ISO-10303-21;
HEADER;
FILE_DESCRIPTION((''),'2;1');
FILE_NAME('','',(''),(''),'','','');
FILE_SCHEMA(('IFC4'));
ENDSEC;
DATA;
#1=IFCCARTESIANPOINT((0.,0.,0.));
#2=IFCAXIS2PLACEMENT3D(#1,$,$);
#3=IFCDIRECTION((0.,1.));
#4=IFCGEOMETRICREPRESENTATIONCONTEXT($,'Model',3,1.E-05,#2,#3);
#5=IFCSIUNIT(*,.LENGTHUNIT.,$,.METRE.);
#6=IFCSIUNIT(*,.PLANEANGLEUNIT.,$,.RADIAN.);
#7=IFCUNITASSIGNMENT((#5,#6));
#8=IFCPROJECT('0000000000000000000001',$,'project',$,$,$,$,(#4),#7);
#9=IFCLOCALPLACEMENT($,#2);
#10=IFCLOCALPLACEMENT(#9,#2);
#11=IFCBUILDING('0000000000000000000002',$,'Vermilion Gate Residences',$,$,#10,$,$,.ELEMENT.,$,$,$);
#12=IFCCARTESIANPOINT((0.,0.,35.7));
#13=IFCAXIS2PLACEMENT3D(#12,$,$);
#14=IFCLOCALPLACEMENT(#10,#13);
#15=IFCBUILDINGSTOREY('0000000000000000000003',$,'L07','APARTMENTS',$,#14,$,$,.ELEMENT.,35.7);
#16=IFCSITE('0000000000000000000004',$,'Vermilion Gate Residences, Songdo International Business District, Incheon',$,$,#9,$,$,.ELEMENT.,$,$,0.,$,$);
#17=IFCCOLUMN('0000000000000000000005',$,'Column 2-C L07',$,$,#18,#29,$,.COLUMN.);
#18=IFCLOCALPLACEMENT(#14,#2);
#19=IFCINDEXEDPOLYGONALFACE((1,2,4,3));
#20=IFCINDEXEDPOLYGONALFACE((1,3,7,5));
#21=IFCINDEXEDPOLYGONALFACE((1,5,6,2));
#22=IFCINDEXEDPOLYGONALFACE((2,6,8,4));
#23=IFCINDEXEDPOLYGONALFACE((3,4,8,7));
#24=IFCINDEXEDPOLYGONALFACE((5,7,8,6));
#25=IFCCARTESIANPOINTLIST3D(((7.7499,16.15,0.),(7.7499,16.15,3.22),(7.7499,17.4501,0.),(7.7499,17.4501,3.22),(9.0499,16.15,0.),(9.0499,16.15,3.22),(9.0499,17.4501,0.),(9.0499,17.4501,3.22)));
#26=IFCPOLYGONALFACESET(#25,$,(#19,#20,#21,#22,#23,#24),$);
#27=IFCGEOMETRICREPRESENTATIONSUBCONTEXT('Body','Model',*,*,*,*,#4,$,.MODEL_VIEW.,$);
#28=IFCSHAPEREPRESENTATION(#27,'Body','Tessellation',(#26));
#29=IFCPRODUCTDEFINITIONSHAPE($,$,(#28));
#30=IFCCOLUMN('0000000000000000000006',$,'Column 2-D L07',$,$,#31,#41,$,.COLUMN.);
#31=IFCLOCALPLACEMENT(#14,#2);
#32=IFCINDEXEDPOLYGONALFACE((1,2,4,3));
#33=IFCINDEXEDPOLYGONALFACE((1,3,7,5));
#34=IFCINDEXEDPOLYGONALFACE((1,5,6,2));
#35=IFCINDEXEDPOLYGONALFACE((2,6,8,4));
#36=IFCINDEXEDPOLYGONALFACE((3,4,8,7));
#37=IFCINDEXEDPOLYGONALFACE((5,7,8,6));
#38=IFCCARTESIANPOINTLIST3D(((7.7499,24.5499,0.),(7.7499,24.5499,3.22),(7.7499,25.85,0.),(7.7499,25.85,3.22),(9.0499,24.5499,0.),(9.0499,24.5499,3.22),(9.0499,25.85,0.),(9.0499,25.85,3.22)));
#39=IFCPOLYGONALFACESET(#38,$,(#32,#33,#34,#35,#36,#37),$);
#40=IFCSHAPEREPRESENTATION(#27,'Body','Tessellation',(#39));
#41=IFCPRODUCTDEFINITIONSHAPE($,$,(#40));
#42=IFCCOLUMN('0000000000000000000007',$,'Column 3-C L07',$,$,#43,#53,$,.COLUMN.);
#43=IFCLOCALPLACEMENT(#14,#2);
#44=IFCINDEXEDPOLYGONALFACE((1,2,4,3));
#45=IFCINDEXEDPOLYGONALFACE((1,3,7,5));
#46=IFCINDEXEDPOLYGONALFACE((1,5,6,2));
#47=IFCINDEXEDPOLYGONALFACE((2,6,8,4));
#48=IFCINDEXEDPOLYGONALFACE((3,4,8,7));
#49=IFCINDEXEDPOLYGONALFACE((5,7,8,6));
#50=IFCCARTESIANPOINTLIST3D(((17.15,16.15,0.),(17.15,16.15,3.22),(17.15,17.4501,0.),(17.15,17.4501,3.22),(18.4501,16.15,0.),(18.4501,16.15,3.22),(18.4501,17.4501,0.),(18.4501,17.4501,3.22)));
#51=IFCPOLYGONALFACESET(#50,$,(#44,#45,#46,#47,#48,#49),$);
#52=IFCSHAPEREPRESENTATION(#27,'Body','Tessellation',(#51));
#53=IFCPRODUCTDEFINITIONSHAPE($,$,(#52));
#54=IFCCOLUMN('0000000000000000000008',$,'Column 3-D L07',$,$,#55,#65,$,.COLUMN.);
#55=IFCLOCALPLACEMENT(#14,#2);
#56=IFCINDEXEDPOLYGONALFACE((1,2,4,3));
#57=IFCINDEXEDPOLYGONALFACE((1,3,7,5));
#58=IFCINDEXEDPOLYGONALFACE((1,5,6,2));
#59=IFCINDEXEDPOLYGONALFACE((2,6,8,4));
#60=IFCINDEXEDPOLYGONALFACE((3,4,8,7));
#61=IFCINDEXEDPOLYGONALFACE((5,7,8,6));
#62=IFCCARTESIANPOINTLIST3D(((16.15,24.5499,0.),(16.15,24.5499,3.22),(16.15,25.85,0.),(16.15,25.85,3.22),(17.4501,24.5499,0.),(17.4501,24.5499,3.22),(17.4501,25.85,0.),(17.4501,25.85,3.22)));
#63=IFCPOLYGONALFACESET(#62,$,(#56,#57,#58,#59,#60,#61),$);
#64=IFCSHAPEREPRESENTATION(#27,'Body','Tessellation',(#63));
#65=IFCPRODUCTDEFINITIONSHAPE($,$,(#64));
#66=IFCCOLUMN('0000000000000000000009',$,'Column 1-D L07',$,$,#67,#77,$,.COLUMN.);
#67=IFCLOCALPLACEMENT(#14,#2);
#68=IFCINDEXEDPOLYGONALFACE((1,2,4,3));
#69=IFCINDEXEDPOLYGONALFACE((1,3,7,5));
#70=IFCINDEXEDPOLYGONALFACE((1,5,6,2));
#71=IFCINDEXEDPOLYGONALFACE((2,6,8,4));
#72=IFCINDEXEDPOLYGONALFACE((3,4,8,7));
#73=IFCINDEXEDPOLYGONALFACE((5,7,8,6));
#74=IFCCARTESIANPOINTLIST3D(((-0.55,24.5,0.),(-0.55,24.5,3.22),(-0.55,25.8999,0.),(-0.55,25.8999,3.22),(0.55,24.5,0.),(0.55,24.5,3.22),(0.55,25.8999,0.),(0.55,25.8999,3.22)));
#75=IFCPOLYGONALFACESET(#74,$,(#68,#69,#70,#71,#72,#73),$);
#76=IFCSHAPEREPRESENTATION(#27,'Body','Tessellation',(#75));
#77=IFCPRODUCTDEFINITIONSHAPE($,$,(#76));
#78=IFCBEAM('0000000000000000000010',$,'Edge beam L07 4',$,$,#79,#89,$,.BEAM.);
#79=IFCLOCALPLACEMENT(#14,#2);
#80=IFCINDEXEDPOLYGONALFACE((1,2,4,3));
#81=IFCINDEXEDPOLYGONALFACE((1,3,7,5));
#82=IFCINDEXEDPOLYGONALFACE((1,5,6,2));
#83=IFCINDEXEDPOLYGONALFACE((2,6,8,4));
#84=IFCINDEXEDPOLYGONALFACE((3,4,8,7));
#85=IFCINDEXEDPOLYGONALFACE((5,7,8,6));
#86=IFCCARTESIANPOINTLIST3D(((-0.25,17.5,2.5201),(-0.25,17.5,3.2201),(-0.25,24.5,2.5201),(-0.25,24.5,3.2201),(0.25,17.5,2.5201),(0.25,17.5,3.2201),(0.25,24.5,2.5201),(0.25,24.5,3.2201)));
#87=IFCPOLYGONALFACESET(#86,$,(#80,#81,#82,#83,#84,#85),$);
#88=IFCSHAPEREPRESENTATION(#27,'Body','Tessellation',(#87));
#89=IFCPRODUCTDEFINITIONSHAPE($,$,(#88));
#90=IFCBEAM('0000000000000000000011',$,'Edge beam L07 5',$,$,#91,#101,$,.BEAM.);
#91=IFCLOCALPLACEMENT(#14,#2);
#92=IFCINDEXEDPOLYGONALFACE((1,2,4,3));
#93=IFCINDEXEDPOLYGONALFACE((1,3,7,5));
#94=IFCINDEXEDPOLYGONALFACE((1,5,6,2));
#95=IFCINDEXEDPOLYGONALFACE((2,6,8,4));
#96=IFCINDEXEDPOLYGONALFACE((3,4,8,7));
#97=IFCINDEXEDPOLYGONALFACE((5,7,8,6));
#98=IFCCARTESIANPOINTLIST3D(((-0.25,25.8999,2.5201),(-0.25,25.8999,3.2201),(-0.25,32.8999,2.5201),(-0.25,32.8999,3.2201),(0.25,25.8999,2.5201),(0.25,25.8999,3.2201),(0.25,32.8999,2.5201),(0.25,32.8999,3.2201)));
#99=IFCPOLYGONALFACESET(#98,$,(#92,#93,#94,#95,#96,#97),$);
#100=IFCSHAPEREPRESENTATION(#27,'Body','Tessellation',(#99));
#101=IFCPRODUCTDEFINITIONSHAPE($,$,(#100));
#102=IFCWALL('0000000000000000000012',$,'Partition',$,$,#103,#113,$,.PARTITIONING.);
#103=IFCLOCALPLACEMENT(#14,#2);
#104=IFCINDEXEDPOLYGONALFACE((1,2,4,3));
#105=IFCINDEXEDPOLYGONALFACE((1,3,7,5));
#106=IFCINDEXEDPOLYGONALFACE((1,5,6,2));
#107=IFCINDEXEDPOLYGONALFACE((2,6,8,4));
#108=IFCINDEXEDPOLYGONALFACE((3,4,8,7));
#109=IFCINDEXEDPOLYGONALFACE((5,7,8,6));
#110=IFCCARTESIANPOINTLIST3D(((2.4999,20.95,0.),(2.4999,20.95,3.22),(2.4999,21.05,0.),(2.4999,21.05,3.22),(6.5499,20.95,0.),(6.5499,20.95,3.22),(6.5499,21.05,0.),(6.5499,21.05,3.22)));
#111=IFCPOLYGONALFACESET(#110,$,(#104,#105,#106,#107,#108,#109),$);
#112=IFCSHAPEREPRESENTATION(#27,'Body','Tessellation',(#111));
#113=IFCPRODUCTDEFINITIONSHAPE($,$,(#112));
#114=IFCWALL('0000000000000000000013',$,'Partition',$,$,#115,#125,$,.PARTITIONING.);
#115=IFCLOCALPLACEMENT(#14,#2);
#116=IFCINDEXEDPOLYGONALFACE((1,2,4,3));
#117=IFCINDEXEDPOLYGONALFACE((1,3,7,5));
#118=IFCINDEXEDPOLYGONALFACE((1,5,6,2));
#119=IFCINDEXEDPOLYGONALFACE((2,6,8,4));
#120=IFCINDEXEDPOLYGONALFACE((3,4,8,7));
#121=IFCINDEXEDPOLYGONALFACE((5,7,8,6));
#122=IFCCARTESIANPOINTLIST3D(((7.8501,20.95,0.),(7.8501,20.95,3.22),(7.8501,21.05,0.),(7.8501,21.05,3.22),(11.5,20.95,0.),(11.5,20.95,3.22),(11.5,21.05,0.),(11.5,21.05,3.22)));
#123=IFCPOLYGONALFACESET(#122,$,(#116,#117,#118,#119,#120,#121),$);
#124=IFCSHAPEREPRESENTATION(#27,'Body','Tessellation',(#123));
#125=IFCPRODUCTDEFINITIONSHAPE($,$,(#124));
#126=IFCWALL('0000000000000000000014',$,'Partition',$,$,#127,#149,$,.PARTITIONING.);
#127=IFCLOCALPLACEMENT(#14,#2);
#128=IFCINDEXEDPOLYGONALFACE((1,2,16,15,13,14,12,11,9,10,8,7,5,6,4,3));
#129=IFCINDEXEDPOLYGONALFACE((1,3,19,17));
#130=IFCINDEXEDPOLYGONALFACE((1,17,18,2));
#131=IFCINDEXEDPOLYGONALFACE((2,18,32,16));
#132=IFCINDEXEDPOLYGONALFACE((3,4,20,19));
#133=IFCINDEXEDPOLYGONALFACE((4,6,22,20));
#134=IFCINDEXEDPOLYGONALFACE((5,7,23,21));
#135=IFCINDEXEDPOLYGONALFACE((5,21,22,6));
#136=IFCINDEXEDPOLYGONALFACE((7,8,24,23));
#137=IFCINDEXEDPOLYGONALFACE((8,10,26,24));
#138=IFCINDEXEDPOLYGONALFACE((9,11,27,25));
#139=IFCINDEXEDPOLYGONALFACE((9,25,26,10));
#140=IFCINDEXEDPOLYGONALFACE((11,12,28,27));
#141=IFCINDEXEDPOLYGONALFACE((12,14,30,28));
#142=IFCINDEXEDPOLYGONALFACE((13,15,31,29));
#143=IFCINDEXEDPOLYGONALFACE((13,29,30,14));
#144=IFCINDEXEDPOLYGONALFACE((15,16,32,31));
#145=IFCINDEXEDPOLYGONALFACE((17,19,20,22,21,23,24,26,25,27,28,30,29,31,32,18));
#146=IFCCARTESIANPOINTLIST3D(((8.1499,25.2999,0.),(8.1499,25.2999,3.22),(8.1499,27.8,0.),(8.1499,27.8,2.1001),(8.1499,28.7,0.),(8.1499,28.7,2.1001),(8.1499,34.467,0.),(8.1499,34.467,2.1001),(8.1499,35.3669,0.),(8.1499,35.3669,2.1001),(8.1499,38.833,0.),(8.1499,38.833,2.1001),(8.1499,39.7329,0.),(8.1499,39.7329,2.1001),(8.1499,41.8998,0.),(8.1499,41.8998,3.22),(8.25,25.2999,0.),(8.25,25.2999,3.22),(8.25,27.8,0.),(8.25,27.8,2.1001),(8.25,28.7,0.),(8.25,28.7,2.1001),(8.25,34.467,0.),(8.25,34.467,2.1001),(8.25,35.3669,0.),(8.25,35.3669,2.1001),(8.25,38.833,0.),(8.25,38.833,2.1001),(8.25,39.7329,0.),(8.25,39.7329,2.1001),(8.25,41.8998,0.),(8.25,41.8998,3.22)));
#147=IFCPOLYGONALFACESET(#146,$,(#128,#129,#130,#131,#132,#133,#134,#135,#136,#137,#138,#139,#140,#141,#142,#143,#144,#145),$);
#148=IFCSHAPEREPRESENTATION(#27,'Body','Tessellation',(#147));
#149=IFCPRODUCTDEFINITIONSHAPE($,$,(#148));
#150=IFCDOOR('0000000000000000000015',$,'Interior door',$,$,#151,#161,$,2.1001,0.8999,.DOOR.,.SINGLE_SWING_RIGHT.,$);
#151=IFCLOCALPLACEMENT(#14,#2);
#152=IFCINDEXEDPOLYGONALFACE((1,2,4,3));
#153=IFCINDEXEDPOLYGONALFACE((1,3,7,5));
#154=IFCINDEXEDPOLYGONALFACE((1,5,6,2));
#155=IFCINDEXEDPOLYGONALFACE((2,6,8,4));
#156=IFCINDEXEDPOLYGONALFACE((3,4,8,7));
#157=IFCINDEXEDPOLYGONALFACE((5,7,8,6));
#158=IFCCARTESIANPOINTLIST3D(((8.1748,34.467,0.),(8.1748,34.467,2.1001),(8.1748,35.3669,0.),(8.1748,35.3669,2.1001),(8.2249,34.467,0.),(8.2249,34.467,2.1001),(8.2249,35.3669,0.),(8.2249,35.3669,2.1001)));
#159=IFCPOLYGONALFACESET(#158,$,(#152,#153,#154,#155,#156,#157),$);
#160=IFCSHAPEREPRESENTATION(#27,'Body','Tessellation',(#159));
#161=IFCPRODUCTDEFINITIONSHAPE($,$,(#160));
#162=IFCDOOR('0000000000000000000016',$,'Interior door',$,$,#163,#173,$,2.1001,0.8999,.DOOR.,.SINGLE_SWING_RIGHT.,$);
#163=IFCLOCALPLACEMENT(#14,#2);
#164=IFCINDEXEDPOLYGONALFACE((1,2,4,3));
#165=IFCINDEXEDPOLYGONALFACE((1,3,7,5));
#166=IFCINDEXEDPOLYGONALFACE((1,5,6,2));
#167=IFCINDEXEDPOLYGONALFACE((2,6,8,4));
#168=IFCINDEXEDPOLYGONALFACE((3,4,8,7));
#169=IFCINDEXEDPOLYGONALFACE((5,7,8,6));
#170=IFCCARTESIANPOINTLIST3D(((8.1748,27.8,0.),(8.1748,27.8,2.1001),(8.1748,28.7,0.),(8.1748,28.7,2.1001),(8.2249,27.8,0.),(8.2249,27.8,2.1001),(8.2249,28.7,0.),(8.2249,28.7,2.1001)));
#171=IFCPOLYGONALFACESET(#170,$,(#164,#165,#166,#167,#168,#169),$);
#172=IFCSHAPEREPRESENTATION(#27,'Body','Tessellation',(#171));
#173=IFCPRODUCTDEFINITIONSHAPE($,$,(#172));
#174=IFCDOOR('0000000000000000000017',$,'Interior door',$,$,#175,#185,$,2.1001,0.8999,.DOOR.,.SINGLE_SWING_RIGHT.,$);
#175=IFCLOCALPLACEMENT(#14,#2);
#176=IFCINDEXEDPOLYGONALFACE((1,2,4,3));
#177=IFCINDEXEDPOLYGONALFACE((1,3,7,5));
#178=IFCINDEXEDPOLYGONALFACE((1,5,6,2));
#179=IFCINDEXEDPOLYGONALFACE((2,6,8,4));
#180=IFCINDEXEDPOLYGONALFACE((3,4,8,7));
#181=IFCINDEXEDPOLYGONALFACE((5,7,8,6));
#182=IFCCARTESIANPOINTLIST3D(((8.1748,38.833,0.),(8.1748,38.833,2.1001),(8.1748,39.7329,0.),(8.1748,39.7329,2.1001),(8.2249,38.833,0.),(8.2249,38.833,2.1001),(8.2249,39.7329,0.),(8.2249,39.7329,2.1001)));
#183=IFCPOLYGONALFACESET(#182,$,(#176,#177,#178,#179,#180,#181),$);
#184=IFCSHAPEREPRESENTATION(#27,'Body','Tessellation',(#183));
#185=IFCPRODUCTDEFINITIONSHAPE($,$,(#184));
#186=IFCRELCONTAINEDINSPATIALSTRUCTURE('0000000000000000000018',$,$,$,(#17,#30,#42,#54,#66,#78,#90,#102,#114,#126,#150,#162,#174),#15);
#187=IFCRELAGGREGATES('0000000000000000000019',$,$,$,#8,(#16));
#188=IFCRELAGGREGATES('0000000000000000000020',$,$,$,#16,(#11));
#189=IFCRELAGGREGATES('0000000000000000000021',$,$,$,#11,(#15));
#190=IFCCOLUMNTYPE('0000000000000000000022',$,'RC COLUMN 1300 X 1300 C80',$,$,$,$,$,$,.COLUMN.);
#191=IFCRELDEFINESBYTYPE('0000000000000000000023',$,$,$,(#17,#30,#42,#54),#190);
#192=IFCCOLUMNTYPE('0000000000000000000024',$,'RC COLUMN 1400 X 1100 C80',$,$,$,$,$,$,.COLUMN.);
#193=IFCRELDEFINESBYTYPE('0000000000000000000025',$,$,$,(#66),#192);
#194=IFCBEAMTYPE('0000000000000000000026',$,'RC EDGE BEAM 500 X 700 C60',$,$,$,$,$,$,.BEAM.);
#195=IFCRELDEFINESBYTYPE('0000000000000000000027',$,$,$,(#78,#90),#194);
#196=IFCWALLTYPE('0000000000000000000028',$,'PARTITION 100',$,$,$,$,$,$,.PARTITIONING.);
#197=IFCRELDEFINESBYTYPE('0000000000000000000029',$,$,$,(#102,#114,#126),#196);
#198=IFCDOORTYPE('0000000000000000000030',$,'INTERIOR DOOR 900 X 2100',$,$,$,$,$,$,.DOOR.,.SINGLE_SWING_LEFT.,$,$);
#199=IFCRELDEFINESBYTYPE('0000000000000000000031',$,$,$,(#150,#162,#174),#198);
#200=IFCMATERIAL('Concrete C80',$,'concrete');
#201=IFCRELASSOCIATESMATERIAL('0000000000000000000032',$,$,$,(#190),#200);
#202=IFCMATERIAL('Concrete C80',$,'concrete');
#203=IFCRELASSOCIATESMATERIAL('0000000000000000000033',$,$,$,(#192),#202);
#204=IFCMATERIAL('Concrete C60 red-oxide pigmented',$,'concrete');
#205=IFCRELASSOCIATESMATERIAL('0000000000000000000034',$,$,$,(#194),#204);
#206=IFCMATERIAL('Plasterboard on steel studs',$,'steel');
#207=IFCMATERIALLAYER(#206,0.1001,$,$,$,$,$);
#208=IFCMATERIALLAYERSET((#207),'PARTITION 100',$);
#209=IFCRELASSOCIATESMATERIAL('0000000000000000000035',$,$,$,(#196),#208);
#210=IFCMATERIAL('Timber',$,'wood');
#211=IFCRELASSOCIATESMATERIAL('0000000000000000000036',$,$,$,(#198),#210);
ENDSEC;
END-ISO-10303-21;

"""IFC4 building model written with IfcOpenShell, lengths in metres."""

from ifc_helpers import new_model, si_unit, direction, frame, frame_2d, origin, origin_2d, place, context, subcontext, project, spatial, rectangle, extrude, material, layer, layer_set, material_profile, profile_set, type_object, element, fill, save


model = new_model("IFC4")

# Units and contexts
model_context = context("Model", 3, precision=1e-05, world=origin(), true_north=direction((0.0, 1.0)))
body_context = subcontext(model_context, "Body", "Model", "MODEL_VIEW")
ifc_project = project(units=[si_unit("LENGTHUNIT", "METRE"), si_unit("PLANEANGLEUNIT", "RADIAN")], contexts=[model_context])

# Site, building, storey
site_placement = place(None, origin())
site = spatial("IfcSite", under=ifc_project, at=site_placement, Name="Vermilion Gate Residences, Songdo International Business District, Incheon", CompositionType="ELEMENT", RefElevation=0.0)
building_placement = place(site_placement, origin())
building = spatial("IfcBuilding", under=site, at=building_placement, Name="Vermilion Gate Residences", CompositionType="ELEMENT")
storey_placement = place(building_placement, frame((0.0, 0.0, 35.7)))
storey = spatial("IfcBuildingStorey", under=building, at=storey_placement, Name="L07", Description="APARTMENTS", CompositionType="ELEMENT", Elevation=35.7)

# Columns
ifc_material_1 = material(Name="Concrete C80", Category="concrete")
ifc_material_profile_1 = material_profile(ifc_material_1, rectangle(XDim=1.3, YDim=1.3, at=origin_2d()), Name="RC-1300x1300")
ifc_profile_set_1 = profile_set([ifc_material_profile_1], Name="Concrete C80")
column_type_1 = type_object("IfcColumnType", Name="RC COLUMN 1300 X 1300 C80", PredefinedType="COLUMN", material=ifc_profile_set_1)
for number, where, z_axis, x_axis, name in (
    (1, (8.3999, 16.8, 0.0), (0.0, 0.0, 1.0), (1.0, 0.0, 0.0), "Column 2-C L07"),
    (2, (8.3999, 25.2, 0.0), (0.0, 0.0, 1.0), (1.0, 0.0, 0.0), "Column 2-D L07"),
    (3, (17.8, 16.8, 0.0), (0.0, 0.0, 1.0), (1.0, 0.0, 0.0), "Column 3-C L07"),
    (4, (16.8, 25.2, 0.0), (0.0, 0.0, 1.0), (1.0, 0.0, 0.0), "Column 3-D L07"),
):
    element("IfcColumn", number, at=place(storey_placement, frame(where, z_axis=z_axis, x_axis=x_axis)), inside=storey, type_object=column_type_1, Name=name, PredefinedType="COLUMN", context=body_context, shape_type="SweptSolid", body=[
        extrude(rectangle(XDim=1.3, YDim=1.3, at=origin_2d()), origin(), (0.0, 0.0, 1.0), 3.22),
    ])
ifc_material_2 = material(Name="Concrete C80", Category="concrete")
ifc_material_profile_2 = material_profile(ifc_material_2, rectangle(XDim=1.3999, YDim=1.1001, at=origin_2d()), Name="RC-1400x1100")
ifc_profile_set_2 = profile_set([ifc_material_profile_2], Name="Concrete C80")
column_type_2 = type_object("IfcColumnType", Name="RC COLUMN 1400 X 1100 C80", PredefinedType="COLUMN", material=ifc_profile_set_2)
column_placement = place(storey_placement, frame((0.0, 25.2, 0.0), z_axis=(0.0, 0.0, 1.0), x_axis=(0.0, 1.0, 0.0)))
element("IfcColumn", 5, at=column_placement, inside=storey, type_object=column_type_2, Name="Column 1-D L07", PredefinedType="COLUMN", context=body_context, shape_type="SweptSolid", body=[
    extrude(rectangle(XDim=1.3999, YDim=1.1001, at=origin_2d()), origin(), (0.0, 0.0, 1.0), 3.22),
])

# Beams
ifc_material_3 = material(Name="Concrete C60 red-oxide pigmented", Category="concrete")
ifc_material_profile_3 = material_profile(ifc_material_3, rectangle(XDim=0.5, YDim=0.7, at=origin_2d()), Name="RC-500x700")
ifc_profile_set_3 = profile_set([ifc_material_profile_3], Name="Concrete C60 red-oxide pigmented")
beam_type = type_object("IfcBeamType", Name="RC EDGE BEAM 500 X 700 C60", PredefinedType="BEAM", material=ifc_profile_set_3)
for number, where, z_axis, x_axis, name in (
    (6, (0.0, 17.5, 2.8701), (0.0, 1.0, 0.0), (-1.0, 0.0, 0.0), "Edge beam L07 4"),
    (7, (0.0, 25.8999, 2.8701), (0.0, 1.0, 0.0), (-1.0, 0.0, 0.0), "Edge beam L07 5"),
):
    element("IfcBeam", number, at=place(storey_placement, frame(where, z_axis=z_axis, x_axis=x_axis)), inside=storey, type_object=beam_type, Name=name, PredefinedType="BEAM", context=body_context, shape_type="SweptSolid", body=[
        extrude(rectangle(XDim=0.5, YDim=0.7, at=origin_2d()), origin(), (0.0, 0.0, 1.0), 7.0),
    ])

# Walls
ifc_material_4 = material(Name="Plasterboard on steel studs", Category="steel")
ifc_layer_1 = layer(ifc_material_4, 0.1001)
ifc_layer_set_1 = layer_set([ifc_layer_1], Name="PARTITION 100")
wall_type_1 = type_object("IfcWallType", Name="PARTITION 100", PredefinedType="PARTITIONING", material=ifc_layer_set_1)
wall_1_placement = place(storey_placement, frame((2.5, 21.0, 0.0), z_axis=(0.0, 0.0, 1.0), x_axis=(1.0, 0.0, 0.0)))
element("IfcWall", 8, at=wall_1_placement, inside=storey, type_object=wall_type_1, Name="Partition", PredefinedType="PARTITIONING", context=body_context, shape_type="SweptSolid", body=[
    extrude(rectangle(XDim=4.05, YDim=0.1001, at=frame_2d((2.0249, 0.0))), origin(), (0.0, 0.0, 1.0), 3.22),
])
wall_2_placement = place(storey_placement, frame((7.8501, 21.0, 0.0), z_axis=(0.0, 0.0, 1.0), x_axis=(1.0, 0.0, 0.0)))
element("IfcWall", 9, at=wall_2_placement, inside=storey, type_object=wall_type_1, Name="Partition", PredefinedType="PARTITIONING", context=body_context, shape_type="SweptSolid", body=[
    extrude(rectangle(XDim=3.6499, YDim=0.1001, at=frame_2d((1.825, 0.0))), origin(), (0.0, 0.0, 1.0), 3.22),
])

# Wall, openings, doors
wall_3_placement = place(storey_placement, frame((8.2, 25.3, 0.0), z_axis=(0.0, 0.0, 1.0), x_axis=(0.0, 1.0, 0.0)))
wall_3 = element("IfcWall", 10, at=wall_3_placement, inside=storey, type_object=wall_type_1, Name="Partition", PredefinedType="PARTITIONING", context=body_context, shape_type="SweptSolid", body=[
    extrude(rectangle(XDim=16.5999, YDim=0.1001, at=frame_2d((8.2998, 0.0))), origin(), (0.0, 0.0, 1.0), 3.22),
])
opening_1_placement = place(wall_3_placement, frame((9.167, 0.0, 0.0)))
opening_1 = element("IfcOpeningElement", 11, at=opening_1_placement, cuts=wall_3, PredefinedType="OPENING", context=body_context, shape_type="SweptSolid", body=[
    extrude(rectangle(XDim=0.8999, YDim=2.1001, at=frame_2d((0.45, 1.05))), frame((0.0, 0.0601, 0.0), z_axis=(0.0, -1.0, 0.0), x_axis=(1.0, 0.0, 0.0)), (0.0, 0.0, 1.0), 0.1201),
])
opening_2_placement = place(wall_3_placement, frame((2.5, 0.0, 0.0)))
opening_2 = element("IfcOpeningElement", 12, at=opening_2_placement, cuts=wall_3, PredefinedType="OPENING", context=body_context, shape_type="SweptSolid", body=[
    extrude(rectangle(XDim=0.8999, YDim=2.1001, at=frame_2d((0.45, 1.05))), frame((0.0, 0.0601, 0.0), z_axis=(0.0, -1.0, 0.0), x_axis=(1.0, 0.0, 0.0)), (0.0, 0.0, 1.0), 0.1201),
])
opening_3_placement = place(wall_3_placement, frame((13.533, 0.0, 0.0)))
opening_3 = element("IfcOpeningElement", 13, at=opening_3_placement, cuts=wall_3, PredefinedType="OPENING", context=body_context, shape_type="SweptSolid", body=[
    extrude(rectangle(XDim=0.8999, YDim=2.1001, at=frame_2d((0.45, 1.05))), frame((0.0, 0.0601, 0.0), z_axis=(0.0, -1.0, 0.0), x_axis=(1.0, 0.0, 0.0)), (0.0, 0.0, 1.0), 0.1201),
])
ifc_material_5 = material(Name="Timber", Category="wood")
door_type_1 = type_object("IfcDoorType", Name="INTERIOR DOOR 900 X 2100", OperationType="SINGLE_SWING_LEFT", PredefinedType="DOOR", material=ifc_material_5)
door_1_placement = place(opening_1_placement, frame((0.8999, 0.0, 0.0), z_axis=(0.0, 0.0, 1.0), x_axis=(-1.0, 0.0, 0.0)))
door_1 = element("IfcDoor", 14, at=door_1_placement, inside=storey, type_object=door_type_1, Name="Interior door", OperationType="SINGLE_SWING_RIGHT", OverallHeight=2.1001, OverallWidth=0.8999, PredefinedType="DOOR", context=body_context, shape_type="SweptSolid", body=[
    extrude(rectangle(XDim=0.8999, YDim=2.1001, at=frame_2d((0.45, 1.05))), frame((0.0, 0.0249, 0.0), z_axis=(0.0, -1.0, 0.0), x_axis=(1.0, 0.0, 0.0)), (0.0, 0.0, 1.0), 0.05),
])
fill(opening_1, door_1)
door_2_placement = place(opening_2_placement, frame((0.8999, 0.0, 0.0), z_axis=(0.0, 0.0, 1.0), x_axis=(-1.0, 0.0, 0.0)))
door_2 = element("IfcDoor", 15, at=door_2_placement, inside=storey, type_object=door_type_1, Name="Interior door", OperationType="SINGLE_SWING_RIGHT", OverallHeight=2.1001, OverallWidth=0.8999, PredefinedType="DOOR", context=body_context, shape_type="SweptSolid", body=[
    extrude(rectangle(XDim=0.8999, YDim=2.1001, at=frame_2d((0.45, 1.05))), frame((0.0, 0.0249, 0.0), z_axis=(0.0, -1.0, 0.0), x_axis=(1.0, 0.0, 0.0)), (0.0, 0.0, 1.0), 0.05),
])
fill(opening_2, door_2)
door_3_placement = place(opening_3_placement, frame((0.8999, 0.0, 0.0), z_axis=(0.0, 0.0, 1.0), x_axis=(-1.0, 0.0, 0.0)))
door_3 = element("IfcDoor", 16, at=door_3_placement, inside=storey, type_object=door_type_1, Name="Interior door", OperationType="SINGLE_SWING_RIGHT", OverallHeight=2.1001, OverallWidth=0.8999, PredefinedType="DOOR", context=body_context, shape_type="SweptSolid", body=[
    extrude(rectangle(XDim=0.8999, YDim=2.1001, at=frame_2d((0.45, 1.05))), frame((0.0, 0.0249, 0.0), z_axis=(0.0, -1.0, 0.0), x_axis=(1.0, 0.0, 0.0)), (0.0, 0.0, 1.0), 0.05),
])
fill(opening_3, door_3)

save(model, "model.ifc")
